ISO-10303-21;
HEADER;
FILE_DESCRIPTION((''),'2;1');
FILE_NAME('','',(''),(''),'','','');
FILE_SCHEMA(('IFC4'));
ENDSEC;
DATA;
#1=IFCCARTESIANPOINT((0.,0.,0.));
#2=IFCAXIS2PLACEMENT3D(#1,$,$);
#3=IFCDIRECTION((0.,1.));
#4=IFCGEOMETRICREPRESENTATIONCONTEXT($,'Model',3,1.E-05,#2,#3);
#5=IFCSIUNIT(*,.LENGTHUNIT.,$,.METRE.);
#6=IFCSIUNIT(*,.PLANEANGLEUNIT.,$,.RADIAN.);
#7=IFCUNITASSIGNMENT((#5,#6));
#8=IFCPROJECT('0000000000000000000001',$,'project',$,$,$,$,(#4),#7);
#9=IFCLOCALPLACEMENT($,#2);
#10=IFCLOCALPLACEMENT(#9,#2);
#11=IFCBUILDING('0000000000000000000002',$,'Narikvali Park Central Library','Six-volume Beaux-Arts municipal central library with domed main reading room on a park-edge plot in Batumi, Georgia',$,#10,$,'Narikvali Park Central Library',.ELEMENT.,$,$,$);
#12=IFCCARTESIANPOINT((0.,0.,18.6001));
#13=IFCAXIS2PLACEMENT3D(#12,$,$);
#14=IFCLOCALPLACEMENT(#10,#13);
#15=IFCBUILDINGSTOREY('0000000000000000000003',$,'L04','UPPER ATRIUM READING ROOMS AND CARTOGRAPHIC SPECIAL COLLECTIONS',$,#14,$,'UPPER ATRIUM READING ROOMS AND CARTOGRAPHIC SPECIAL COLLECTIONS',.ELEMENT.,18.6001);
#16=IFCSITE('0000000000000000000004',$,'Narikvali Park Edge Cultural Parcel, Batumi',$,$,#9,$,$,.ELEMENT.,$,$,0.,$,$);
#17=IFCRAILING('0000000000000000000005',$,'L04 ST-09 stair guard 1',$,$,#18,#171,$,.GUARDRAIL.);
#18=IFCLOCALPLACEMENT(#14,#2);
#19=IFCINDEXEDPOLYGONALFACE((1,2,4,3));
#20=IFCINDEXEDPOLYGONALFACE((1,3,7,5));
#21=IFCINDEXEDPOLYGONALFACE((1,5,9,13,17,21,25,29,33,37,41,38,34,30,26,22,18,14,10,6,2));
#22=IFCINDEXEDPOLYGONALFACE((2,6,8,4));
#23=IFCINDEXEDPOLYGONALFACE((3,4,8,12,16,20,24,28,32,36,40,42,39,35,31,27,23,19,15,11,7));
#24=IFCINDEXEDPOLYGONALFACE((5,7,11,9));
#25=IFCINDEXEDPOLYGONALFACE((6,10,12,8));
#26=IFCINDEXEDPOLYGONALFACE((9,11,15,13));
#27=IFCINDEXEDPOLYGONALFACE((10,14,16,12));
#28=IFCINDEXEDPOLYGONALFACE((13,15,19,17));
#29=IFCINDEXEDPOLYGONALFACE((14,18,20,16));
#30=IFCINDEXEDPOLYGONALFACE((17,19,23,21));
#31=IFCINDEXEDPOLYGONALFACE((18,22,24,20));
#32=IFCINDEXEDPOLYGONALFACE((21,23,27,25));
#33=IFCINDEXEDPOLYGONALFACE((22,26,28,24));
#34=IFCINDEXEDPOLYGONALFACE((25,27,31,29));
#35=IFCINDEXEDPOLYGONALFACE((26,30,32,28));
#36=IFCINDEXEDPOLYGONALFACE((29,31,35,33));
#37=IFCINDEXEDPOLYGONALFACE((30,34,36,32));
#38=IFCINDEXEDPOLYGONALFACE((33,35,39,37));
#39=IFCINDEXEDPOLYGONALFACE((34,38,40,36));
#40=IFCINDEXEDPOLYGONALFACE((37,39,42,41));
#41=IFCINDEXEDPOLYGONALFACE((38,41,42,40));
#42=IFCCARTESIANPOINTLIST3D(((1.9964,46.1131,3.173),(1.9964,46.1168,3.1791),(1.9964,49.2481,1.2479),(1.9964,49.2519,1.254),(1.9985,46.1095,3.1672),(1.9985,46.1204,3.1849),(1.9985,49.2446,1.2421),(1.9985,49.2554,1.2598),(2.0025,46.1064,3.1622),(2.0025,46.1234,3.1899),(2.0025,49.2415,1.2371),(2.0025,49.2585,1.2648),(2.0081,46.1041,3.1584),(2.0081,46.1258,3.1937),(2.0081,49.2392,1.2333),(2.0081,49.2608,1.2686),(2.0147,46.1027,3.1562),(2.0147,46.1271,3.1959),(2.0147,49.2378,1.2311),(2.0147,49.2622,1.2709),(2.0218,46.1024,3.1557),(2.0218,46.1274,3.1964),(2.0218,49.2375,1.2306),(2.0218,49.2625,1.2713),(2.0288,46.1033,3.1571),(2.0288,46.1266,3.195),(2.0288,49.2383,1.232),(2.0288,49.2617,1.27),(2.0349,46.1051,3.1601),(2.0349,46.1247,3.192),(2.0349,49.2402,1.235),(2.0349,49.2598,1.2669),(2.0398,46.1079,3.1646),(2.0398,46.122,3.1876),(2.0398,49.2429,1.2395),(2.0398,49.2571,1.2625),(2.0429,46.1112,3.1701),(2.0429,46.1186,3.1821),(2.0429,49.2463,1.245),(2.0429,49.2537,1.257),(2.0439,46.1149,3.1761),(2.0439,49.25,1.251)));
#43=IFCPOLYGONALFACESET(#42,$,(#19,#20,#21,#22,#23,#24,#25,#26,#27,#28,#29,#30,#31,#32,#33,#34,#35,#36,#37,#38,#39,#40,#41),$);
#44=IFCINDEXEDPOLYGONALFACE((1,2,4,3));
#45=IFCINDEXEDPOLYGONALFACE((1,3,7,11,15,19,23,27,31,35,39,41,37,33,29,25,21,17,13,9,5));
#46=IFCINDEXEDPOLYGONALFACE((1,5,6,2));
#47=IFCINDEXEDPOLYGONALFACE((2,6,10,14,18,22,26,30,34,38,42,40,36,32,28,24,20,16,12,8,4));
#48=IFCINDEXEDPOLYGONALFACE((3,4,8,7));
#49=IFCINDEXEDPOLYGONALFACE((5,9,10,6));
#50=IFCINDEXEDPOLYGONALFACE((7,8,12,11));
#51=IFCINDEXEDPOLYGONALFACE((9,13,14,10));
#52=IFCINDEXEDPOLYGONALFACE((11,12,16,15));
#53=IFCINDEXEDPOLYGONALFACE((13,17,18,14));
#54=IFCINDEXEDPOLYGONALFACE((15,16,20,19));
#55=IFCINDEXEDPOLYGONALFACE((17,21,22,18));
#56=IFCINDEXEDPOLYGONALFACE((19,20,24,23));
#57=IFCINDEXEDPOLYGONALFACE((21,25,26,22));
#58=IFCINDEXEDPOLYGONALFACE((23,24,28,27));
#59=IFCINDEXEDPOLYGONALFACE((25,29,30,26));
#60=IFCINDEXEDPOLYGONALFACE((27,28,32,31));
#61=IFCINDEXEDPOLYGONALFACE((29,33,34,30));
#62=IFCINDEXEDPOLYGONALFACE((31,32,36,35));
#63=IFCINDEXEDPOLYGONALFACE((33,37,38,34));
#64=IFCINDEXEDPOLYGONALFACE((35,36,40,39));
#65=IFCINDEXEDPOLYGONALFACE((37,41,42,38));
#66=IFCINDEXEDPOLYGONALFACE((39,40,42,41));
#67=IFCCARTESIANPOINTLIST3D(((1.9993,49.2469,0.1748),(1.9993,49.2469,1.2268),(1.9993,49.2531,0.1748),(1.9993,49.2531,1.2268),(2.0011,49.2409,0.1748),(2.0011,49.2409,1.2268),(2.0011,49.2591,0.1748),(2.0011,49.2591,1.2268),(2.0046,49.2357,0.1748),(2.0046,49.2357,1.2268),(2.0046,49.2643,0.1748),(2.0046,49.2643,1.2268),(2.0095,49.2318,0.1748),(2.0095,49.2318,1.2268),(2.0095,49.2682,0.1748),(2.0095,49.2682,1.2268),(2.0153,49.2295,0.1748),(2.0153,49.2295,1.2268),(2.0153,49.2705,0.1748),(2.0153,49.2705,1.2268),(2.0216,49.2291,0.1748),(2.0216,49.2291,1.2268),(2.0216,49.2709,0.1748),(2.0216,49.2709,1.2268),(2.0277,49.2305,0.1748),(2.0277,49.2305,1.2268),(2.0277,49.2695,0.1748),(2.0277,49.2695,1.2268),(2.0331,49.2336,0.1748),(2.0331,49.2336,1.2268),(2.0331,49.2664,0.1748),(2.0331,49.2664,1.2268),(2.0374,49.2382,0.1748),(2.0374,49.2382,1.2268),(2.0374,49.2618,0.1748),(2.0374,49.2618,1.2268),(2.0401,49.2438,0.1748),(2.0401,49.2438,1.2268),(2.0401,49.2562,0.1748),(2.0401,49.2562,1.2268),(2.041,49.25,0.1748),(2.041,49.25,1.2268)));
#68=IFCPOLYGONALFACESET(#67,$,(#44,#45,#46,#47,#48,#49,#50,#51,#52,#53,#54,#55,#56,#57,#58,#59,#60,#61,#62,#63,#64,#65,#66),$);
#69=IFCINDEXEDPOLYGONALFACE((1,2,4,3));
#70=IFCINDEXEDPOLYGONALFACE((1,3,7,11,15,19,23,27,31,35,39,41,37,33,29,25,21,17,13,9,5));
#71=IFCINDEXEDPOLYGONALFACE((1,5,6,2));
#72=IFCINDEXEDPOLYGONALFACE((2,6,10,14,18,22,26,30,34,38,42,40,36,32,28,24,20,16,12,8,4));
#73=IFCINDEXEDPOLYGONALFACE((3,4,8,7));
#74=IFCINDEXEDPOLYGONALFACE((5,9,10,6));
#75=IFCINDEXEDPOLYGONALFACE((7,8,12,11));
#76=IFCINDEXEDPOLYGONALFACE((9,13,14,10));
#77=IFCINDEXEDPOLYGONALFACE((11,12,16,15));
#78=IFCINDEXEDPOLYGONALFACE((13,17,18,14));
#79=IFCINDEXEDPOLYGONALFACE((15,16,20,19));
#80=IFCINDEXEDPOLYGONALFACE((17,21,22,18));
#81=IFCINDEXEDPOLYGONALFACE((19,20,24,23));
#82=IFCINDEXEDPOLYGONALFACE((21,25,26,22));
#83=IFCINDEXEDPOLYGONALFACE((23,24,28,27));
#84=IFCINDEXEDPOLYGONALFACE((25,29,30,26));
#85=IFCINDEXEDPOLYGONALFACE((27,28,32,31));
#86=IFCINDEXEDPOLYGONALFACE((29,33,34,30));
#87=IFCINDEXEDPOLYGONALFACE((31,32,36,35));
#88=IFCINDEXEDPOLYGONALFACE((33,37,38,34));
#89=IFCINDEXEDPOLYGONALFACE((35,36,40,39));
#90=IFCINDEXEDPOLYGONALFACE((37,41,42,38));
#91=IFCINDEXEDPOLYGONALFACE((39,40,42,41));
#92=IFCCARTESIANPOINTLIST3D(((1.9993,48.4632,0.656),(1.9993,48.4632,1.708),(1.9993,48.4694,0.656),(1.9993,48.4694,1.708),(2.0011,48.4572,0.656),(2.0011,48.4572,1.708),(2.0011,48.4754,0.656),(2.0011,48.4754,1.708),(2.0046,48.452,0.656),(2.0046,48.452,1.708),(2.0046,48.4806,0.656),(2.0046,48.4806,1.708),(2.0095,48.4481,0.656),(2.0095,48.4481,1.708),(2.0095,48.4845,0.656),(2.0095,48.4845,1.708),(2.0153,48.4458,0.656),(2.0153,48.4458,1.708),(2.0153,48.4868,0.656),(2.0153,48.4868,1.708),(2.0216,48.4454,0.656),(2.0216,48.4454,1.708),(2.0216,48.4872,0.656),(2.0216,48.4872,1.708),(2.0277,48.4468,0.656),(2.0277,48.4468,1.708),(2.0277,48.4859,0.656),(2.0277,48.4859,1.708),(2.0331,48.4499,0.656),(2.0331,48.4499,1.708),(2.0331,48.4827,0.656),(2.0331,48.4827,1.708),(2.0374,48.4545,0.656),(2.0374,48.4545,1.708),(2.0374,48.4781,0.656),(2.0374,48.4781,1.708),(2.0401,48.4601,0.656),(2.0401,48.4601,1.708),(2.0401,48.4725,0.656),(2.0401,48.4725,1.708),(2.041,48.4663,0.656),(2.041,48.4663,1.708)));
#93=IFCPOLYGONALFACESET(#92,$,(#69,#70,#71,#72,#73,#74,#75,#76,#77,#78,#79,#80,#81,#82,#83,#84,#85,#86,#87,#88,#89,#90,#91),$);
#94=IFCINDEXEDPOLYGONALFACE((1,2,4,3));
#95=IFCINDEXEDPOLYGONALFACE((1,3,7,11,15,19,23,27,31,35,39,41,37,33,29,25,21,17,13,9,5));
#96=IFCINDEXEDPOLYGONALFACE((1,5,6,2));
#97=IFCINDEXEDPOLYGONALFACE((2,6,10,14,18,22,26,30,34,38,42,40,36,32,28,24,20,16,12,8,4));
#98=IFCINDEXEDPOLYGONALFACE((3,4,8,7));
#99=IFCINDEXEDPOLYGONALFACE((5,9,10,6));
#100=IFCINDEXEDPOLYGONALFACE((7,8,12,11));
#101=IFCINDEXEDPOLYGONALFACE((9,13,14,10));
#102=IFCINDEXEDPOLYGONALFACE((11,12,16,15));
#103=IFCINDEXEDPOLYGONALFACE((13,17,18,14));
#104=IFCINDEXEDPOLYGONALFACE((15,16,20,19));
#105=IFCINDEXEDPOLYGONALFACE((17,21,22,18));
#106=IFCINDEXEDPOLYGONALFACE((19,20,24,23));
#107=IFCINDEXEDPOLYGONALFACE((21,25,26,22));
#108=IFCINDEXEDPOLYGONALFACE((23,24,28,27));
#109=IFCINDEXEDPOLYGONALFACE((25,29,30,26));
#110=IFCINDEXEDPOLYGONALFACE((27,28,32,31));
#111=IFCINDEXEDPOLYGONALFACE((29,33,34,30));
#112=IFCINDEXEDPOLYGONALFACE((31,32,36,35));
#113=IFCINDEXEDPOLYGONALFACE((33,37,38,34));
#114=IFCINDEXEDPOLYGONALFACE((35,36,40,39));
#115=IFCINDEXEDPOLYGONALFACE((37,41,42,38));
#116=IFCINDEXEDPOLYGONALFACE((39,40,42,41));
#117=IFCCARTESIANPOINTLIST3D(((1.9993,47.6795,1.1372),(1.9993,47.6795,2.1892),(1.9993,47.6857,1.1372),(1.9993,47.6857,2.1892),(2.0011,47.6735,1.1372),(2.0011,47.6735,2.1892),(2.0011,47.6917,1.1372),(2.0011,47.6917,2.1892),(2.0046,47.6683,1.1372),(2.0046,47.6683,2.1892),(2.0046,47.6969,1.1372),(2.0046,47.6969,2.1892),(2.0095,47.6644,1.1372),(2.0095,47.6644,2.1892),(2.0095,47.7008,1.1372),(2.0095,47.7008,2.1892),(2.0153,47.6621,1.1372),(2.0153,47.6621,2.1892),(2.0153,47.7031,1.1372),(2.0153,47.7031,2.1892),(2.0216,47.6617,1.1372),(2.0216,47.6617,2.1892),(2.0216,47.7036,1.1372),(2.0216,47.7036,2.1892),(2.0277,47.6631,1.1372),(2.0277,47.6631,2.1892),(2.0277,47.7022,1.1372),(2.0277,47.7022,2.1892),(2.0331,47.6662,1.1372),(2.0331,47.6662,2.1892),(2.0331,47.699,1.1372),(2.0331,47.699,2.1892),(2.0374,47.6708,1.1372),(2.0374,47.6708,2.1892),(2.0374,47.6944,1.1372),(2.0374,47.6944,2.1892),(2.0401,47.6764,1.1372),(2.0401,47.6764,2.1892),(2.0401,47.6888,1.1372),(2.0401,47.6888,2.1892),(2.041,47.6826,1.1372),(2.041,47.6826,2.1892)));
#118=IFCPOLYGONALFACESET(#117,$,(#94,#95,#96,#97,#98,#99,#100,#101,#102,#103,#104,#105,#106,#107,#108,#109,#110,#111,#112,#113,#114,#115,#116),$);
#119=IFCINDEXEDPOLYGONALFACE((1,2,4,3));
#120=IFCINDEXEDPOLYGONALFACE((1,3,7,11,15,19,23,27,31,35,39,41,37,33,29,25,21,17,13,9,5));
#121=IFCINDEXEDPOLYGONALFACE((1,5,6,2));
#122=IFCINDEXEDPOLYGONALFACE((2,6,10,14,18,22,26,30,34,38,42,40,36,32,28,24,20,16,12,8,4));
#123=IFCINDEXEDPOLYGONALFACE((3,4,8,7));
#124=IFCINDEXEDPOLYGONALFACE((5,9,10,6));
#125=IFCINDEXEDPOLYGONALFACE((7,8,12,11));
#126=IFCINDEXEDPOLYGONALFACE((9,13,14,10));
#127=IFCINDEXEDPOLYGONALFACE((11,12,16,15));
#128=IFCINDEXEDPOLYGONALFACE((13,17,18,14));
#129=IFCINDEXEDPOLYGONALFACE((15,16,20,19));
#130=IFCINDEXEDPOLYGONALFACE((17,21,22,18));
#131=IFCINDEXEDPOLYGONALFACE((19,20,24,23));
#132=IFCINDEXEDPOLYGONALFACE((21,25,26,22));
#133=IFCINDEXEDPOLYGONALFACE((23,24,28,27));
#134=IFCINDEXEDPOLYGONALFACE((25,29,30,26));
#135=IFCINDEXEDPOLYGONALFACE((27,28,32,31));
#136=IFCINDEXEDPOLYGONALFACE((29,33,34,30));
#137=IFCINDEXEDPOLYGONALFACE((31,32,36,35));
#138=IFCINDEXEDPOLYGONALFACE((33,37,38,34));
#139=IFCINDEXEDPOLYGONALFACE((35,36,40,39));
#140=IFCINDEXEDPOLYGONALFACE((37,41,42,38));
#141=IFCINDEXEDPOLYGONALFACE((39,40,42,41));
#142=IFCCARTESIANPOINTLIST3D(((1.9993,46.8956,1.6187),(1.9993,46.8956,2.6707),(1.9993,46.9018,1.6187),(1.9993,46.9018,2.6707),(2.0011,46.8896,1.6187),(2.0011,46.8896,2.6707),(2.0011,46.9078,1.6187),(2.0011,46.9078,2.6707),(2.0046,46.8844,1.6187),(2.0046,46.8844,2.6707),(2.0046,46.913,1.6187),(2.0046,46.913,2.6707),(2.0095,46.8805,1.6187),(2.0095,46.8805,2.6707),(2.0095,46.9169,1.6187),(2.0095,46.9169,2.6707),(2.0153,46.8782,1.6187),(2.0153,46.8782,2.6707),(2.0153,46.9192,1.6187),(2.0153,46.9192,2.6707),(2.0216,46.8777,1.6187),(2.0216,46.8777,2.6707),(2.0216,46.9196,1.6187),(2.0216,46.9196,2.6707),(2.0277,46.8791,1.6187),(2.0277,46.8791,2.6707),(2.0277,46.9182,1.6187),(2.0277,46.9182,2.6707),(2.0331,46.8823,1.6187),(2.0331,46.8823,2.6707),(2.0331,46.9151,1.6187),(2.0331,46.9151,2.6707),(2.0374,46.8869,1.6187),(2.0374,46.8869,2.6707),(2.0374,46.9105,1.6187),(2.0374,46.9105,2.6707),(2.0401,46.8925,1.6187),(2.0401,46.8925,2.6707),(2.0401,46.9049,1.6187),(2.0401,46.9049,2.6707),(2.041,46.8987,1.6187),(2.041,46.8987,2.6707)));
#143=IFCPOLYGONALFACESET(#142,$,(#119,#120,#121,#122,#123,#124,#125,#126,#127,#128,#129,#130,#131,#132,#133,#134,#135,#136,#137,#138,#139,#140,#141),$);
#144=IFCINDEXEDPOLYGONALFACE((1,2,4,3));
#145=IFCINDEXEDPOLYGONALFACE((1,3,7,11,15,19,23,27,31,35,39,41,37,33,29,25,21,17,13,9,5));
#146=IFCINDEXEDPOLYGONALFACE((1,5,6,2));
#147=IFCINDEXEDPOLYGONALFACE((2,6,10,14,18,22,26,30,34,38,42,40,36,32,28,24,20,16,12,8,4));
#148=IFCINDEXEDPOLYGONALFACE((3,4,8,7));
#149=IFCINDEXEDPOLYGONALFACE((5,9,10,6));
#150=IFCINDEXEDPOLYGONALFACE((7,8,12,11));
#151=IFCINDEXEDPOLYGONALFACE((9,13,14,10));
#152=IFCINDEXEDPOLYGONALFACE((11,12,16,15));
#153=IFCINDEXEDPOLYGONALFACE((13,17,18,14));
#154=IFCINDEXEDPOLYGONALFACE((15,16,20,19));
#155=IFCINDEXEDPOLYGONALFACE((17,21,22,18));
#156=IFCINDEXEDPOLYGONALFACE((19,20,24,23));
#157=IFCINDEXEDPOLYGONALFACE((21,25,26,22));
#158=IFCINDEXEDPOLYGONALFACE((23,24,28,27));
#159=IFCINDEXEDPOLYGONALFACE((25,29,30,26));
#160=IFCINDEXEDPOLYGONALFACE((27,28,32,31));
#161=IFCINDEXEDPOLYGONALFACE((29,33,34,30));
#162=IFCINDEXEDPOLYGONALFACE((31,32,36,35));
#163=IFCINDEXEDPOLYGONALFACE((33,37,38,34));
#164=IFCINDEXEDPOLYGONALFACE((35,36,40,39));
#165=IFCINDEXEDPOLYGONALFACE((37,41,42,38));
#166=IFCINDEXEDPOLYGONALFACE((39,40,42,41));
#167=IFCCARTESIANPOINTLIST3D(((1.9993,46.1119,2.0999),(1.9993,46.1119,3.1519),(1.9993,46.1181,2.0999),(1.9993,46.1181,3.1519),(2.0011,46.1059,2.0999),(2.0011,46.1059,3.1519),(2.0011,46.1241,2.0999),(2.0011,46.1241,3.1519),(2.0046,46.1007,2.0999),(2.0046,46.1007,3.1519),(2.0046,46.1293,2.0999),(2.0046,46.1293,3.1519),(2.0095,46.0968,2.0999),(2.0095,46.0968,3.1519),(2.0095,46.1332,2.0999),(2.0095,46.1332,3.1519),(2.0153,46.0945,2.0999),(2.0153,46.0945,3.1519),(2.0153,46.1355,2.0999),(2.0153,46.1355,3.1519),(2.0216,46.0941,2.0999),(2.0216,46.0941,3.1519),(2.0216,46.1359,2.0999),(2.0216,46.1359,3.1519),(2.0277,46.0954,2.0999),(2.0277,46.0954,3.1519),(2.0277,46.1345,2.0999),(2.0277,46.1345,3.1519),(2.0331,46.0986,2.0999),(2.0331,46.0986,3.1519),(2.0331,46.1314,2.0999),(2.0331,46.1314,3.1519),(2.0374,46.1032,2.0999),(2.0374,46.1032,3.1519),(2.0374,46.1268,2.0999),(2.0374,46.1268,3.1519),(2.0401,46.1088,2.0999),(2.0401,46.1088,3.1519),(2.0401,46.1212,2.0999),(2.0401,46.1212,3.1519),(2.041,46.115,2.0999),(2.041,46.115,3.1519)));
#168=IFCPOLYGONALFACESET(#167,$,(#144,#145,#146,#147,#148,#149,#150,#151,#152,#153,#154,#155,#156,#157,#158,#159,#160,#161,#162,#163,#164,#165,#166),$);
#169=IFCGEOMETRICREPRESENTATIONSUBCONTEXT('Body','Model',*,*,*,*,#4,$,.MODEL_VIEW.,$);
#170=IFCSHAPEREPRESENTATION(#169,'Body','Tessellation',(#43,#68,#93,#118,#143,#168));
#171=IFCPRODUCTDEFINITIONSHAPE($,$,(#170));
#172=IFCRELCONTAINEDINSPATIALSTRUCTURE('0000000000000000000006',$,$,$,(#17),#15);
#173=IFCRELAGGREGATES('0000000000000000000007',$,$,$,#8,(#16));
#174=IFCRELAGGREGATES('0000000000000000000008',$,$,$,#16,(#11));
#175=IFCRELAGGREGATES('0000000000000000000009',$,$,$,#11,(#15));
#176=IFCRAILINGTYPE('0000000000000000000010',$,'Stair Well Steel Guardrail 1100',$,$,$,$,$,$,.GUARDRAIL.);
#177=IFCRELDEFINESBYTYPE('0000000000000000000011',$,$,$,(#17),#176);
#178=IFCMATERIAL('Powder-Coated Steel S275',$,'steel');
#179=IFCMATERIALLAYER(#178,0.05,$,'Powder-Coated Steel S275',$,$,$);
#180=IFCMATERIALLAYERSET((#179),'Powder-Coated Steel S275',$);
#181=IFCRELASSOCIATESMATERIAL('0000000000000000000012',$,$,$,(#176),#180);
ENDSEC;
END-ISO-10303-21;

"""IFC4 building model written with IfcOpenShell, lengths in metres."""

from ifc_helpers import new_model, si_unit, direction, frame, origin, origin_2d, place, context, subcontext, project, spatial, circle, extrude, material, layer, layer_set, type_object, element, save


model = new_model("IFC4")

# Units and contexts
model_context = context("Model", 3, precision=1e-05, world=origin(), true_north=direction((0.0, 1.0)))
body_context = subcontext(model_context, "Body", "Model", "MODEL_VIEW")
ifc_project = project(units=[si_unit("LENGTHUNIT", "METRE"), si_unit("PLANEANGLEUNIT", "RADIAN")], contexts=[model_context])

# Site, building, storey
site_placement = place(None, origin())
site = spatial("IfcSite", under=ifc_project, at=site_placement, Name="Narikvali Park Edge Cultural Parcel, Batumi", CompositionType="ELEMENT", RefElevation=0.0)
building_placement = place(site_placement, origin())
building = spatial("IfcBuilding", under=site, at=building_placement, Name="Narikvali Park Central Library", Description="Six-volume Beaux-Arts municipal central library with domed main reading room on a park-edge plot in Batumi, Georgia", LongName="Narikvali Park Central Library", CompositionType="ELEMENT")
storey_placement = place(building_placement, frame((0.0, 0.0, 18.6001)))
storey = spatial("IfcBuildingStorey", under=building, at=storey_placement, Name="L04", Description="UPPER ATRIUM READING ROOMS AND CARTOGRAPHIC SPECIAL COLLECTIONS", LongName="UPPER ATRIUM READING ROOMS AND CARTOGRAPHIC SPECIAL COLLECTIONS", CompositionType="ELEMENT", Elevation=18.6001)

# Railing
ifc_material_1 = material(Name="Powder-Coated Steel S275", Category="steel")
ifc_layer_1 = layer(ifc_material_1, 0.05, Name="Powder-Coated Steel S275")
ifc_layer_set_1 = layer_set([ifc_layer_1], Name="Powder-Coated Steel S275")
railing_type_1 = type_object("IfcRailingType", Name="Stair Well Steel Guardrail 1100", PredefinedType="GUARDRAIL", material=ifc_layer_set_1)
railing_1_placement = place(storey_placement, frame((2.02, 49.25, 0.1748)))
element("IfcRailing", 1, at=railing_1_placement, inside=storey, type_object=railing_type_1, Name="L04 ST-09 stair guard 1", PredefinedType="GUARDRAIL", context=body_context, shape_type="SweptSolid", body=[
    extrude(circle(Radius=0.0239, at=origin_2d()), frame((0.0, 0.0, 1.0762), z_axis=(0.0, -0.852166, 0.523271), x_axis=(1.0, 0.0, 0.0)), (0.0, 0.0, 1.0), 3.679),
    extrude(circle(Radius=0.021, at=origin_2d()), origin(), (0.0, 0.0, 1.0), 1.052),
    extrude(circle(Radius=0.021, at=origin_2d()), frame((0.0, -0.7837, 0.4812)), (0.0, 0.0, 1.0), 1.052),
    extrude(circle(Radius=0.021, at=origin_2d()), frame((0.0, -1.5674, 0.9624)), (0.0, 0.0, 1.0), 1.052),
    extrude(circle(Radius=0.021, at=origin_2d()), frame((0.0, -2.3513, 1.4438)), (0.0, 0.0, 1.0), 1.052),
    extrude(circle(Radius=0.021, at=origin_2d()), frame((0.0, -3.135, 1.925)), (0.0, 0.0, 1.0), 1.052),
])

save(model, "model.ifc")
